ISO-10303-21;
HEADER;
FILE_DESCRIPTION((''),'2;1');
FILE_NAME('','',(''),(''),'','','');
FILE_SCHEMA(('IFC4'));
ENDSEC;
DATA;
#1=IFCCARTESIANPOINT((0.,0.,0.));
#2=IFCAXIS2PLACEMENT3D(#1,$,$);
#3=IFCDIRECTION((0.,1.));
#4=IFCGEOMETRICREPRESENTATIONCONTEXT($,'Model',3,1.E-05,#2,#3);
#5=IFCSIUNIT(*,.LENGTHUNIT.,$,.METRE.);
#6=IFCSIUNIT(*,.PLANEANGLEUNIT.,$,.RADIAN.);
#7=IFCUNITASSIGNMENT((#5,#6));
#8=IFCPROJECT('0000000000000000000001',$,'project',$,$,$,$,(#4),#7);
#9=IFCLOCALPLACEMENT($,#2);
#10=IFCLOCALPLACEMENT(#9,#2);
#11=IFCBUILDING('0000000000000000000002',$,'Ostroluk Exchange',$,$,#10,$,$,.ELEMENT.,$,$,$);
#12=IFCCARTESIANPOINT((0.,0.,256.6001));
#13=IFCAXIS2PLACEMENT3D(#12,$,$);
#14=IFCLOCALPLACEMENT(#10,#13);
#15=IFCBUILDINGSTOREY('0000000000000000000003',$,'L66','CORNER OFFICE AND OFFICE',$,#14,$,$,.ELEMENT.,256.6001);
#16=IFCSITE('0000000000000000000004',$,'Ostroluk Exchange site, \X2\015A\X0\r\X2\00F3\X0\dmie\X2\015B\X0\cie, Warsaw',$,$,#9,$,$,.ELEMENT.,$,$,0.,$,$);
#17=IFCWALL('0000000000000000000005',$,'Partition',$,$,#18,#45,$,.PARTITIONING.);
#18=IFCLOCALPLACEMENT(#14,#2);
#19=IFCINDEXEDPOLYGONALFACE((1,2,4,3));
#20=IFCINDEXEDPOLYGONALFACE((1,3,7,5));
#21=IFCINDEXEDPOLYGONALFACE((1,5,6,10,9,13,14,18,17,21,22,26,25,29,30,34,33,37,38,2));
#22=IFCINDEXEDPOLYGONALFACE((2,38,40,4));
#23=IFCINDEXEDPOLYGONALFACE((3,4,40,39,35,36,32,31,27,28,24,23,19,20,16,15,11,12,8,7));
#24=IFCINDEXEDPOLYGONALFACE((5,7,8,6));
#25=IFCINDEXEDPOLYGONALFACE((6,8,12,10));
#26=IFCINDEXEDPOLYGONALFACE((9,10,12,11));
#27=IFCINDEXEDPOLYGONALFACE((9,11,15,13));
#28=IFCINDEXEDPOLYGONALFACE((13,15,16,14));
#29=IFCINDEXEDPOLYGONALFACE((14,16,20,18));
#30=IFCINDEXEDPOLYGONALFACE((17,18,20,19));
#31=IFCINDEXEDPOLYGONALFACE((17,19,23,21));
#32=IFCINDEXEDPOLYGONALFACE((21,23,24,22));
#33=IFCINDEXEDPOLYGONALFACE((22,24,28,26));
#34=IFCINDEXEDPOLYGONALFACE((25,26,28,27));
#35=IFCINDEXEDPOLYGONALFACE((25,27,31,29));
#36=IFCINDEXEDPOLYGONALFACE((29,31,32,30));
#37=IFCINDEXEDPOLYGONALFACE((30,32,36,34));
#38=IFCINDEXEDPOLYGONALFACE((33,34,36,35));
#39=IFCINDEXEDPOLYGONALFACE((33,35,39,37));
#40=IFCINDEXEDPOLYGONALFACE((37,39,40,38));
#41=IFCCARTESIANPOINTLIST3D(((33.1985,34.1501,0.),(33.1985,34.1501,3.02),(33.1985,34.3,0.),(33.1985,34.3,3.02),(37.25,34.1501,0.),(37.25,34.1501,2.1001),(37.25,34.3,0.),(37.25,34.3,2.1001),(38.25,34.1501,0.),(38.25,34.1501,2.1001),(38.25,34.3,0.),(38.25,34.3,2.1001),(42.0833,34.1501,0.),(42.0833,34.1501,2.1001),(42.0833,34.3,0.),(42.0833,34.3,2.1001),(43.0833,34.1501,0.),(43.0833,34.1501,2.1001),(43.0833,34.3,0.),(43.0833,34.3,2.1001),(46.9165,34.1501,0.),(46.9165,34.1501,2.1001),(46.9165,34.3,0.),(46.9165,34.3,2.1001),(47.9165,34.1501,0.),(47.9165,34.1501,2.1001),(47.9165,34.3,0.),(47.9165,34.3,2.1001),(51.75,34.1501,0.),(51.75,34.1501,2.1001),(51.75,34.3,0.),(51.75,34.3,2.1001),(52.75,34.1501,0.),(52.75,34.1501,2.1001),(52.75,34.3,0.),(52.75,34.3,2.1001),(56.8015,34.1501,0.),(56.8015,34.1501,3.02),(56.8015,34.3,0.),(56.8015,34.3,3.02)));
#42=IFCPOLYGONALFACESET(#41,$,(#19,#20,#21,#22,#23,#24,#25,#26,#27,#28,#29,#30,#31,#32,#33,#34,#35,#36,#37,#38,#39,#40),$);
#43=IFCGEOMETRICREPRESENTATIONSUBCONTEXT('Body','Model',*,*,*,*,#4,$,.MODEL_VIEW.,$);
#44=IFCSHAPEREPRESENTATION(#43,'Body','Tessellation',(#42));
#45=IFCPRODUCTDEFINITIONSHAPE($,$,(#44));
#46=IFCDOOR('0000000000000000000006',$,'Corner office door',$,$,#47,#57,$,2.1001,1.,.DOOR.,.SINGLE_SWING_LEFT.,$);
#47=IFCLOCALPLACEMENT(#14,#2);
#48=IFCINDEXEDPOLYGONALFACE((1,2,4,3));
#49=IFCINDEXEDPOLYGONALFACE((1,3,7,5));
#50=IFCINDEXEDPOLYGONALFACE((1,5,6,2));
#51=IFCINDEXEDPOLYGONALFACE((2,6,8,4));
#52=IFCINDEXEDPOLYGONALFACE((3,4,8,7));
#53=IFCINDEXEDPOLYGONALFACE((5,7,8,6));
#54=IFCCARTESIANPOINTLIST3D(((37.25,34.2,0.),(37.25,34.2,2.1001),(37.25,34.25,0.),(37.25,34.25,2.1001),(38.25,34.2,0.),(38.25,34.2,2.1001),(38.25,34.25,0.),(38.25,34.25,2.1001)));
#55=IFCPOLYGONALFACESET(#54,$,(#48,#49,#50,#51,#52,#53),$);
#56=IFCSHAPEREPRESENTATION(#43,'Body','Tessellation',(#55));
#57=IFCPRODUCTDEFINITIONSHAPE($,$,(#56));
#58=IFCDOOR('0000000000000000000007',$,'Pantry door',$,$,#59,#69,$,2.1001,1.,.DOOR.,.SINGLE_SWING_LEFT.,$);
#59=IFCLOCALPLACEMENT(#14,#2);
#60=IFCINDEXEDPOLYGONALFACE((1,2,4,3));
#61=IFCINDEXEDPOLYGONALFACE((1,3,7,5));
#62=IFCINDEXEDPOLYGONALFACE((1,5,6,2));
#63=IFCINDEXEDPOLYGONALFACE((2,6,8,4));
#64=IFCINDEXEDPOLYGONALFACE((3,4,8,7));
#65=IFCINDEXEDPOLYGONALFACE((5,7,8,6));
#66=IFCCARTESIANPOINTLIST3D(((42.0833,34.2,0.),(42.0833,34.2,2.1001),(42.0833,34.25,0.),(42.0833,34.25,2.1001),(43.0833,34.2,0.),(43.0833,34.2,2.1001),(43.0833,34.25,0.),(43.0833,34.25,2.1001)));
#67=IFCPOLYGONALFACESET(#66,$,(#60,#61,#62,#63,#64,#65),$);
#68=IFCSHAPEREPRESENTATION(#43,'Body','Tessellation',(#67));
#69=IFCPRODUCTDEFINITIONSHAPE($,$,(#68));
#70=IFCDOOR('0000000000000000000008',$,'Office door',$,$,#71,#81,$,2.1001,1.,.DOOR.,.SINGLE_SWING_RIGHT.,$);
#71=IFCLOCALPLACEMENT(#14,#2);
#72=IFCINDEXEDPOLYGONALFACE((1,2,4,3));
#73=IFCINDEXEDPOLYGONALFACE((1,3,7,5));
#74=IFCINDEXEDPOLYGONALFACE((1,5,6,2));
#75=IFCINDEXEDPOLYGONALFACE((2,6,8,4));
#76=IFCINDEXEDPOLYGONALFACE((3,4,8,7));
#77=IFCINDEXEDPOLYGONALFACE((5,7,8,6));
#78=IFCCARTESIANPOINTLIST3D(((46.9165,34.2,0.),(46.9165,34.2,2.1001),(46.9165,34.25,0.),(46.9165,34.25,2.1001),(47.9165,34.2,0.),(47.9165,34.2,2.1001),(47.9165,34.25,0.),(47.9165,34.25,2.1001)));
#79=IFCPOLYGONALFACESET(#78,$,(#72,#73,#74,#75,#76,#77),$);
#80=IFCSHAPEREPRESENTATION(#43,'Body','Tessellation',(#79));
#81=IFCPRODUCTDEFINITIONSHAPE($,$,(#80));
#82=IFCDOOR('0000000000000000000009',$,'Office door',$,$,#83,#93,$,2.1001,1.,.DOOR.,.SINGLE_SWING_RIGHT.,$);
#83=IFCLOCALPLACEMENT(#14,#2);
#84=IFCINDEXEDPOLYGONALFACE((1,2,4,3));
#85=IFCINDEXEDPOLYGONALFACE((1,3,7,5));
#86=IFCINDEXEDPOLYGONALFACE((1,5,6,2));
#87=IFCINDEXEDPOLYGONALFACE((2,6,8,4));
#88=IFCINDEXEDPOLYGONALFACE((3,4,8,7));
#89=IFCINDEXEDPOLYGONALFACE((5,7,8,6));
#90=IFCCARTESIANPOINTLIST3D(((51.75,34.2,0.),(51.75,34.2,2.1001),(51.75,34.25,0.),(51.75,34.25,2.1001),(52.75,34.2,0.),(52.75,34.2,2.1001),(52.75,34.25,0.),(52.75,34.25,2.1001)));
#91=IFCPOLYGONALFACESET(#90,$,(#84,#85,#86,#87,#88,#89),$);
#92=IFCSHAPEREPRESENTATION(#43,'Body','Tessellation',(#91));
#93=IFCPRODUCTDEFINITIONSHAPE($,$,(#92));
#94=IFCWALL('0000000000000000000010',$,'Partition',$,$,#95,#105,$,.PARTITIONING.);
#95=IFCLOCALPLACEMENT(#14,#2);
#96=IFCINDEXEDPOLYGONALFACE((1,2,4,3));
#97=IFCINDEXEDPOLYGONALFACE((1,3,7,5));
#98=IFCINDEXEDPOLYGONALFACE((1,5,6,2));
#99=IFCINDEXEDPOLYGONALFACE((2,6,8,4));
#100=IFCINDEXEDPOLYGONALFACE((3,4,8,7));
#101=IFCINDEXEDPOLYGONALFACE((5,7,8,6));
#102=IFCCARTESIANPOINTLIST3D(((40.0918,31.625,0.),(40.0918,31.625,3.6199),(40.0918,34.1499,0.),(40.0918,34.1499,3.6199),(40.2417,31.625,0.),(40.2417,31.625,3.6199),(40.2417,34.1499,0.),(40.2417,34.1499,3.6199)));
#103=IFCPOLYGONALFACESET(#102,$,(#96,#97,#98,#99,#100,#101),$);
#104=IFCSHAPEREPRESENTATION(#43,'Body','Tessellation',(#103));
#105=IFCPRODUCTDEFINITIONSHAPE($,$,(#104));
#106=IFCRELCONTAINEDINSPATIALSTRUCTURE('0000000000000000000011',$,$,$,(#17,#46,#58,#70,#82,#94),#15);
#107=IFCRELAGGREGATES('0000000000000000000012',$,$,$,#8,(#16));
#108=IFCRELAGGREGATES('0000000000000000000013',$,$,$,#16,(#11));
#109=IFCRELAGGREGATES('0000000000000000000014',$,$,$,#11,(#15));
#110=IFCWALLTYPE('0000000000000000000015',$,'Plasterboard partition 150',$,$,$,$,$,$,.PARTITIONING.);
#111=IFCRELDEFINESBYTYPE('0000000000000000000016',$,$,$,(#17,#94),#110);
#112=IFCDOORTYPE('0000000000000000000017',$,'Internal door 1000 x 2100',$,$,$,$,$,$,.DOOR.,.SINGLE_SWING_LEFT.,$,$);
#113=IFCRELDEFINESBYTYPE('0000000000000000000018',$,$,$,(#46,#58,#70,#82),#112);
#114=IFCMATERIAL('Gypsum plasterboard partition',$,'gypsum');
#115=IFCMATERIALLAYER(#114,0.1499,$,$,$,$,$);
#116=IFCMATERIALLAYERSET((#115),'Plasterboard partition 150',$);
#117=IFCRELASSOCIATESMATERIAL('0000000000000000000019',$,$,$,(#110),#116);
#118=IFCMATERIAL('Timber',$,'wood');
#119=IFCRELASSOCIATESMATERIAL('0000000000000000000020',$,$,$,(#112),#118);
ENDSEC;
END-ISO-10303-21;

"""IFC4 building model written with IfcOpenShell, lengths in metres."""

from ifc_helpers import new_model, si_unit, direction, frame, frame_2d, origin, place, context, subcontext, project, spatial, rectangle, extrude, material, layer, layer_set, type_object, element, fill, save


model = new_model("IFC4")

# Units and contexts
model_context = context("Model", 3, precision=1e-05, world=origin(), true_north=direction((0.0, 1.0)))
body_context = subcontext(model_context, "Body", "Model", "MODEL_VIEW")
ifc_project = project(units=[si_unit("LENGTHUNIT", "METRE"), si_unit("PLANEANGLEUNIT", "RADIAN")], contexts=[model_context])

# Site, building, storey
site_placement = place(None, origin())
site = spatial("IfcSite", under=ifc_project, at=site_placement, Name="Ostroluk Exchange site, Śródmieście, Warsaw", CompositionType="ELEMENT", RefElevation=0.0)
building_placement = place(site_placement, origin())
building = spatial("IfcBuilding", under=site, at=building_placement, Name="Ostroluk Exchange", CompositionType="ELEMENT")
storey_placement = place(building_placement, frame((0.0, 0.0, 256.6001)))
storey = spatial("IfcBuildingStorey", under=building, at=storey_placement, Name="L66", Description="CORNER OFFICE AND OFFICE", CompositionType="ELEMENT", Elevation=256.6001)

# Wall, openings, doors
ifc_material_1 = material(Name="Gypsum plasterboard partition", Category="gypsum")
ifc_layer_1 = layer(ifc_material_1, 0.1499)
ifc_layer_set_1 = layer_set([ifc_layer_1], Name="Plasterboard partition 150")
wall_type_1 = type_object("IfcWallType", Name="Plasterboard partition 150", PredefinedType="PARTITIONING", material=ifc_layer_set_1)
wall_1_placement = place(storey_placement, frame((33.1985, 34.2251, 0.0), z_axis=(0.0, 0.0, 1.0), x_axis=(1.0, 0.0, 0.0)))
wall_1 = element("IfcWall", 1, at=wall_1_placement, inside=storey, type_object=wall_type_1, Name="Partition", PredefinedType="PARTITIONING", context=body_context, shape_type="SweptSolid", body=[
    extrude(rectangle(XDim=23.603, YDim=0.1499, at=frame_2d((11.8015, 0.0))), origin(), (0.0, 0.0, 1.0), 3.02),
])
opening_1_placement = place(wall_1_placement, frame((4.0515, 0.0, 0.0)))
opening_1 = element("IfcOpeningElement", 2, at=opening_1_placement, cuts=wall_1, PredefinedType="OPENING", context=body_context, shape_type="SweptSolid", body=[
    extrude(rectangle(XDim=1.0, YDim=2.1001, at=frame_2d((0.5, 1.05))), frame((0.0, 0.085, 0.0), z_axis=(0.0, -1.0, 0.0), x_axis=(1.0, 0.0, 0.0)), (0.0, 0.0, 1.0), 0.1699),
])
opening_2_placement = place(wall_1_placement, frame((8.8848, 0.0, 0.0)))
opening_2 = element("IfcOpeningElement", 3, at=opening_2_placement, cuts=wall_1, PredefinedType="OPENING", context=body_context, shape_type="SweptSolid", body=[
    extrude(rectangle(XDim=1.0, YDim=2.1001, at=frame_2d((0.5, 1.05))), frame((0.0, 0.085, 0.0), z_axis=(0.0, -1.0, 0.0), x_axis=(1.0, 0.0, 0.0)), (0.0, 0.0, 1.0), 0.1699),
])
opening_3_placement = place(wall_1_placement, frame((13.718, 0.0, 0.0)))
opening_3 = element("IfcOpeningElement", 4, at=opening_3_placement, cuts=wall_1, PredefinedType="OPENING", context=body_context, shape_type="SweptSolid", body=[
    extrude(rectangle(XDim=1.0, YDim=2.1001, at=frame_2d((0.5, 1.05))), frame((0.0, 0.085, 0.0), z_axis=(0.0, -1.0, 0.0), x_axis=(1.0, 0.0, 0.0)), (0.0, 0.0, 1.0), 0.1699),
])
opening_4_placement = place(wall_1_placement, frame((18.5515, 0.0, 0.0)))
opening_4 = element("IfcOpeningElement", 5, at=opening_4_placement, cuts=wall_1, PredefinedType="OPENING", context=body_context, shape_type="SweptSolid", body=[
    extrude(rectangle(XDim=1.0, YDim=2.1001, at=frame_2d((0.5, 1.05))), frame((0.0, 0.085, 0.0), z_axis=(0.0, -1.0, 0.0), x_axis=(1.0, 0.0, 0.0)), (0.0, 0.0, 1.0), 0.1699),
])
ifc_material_2 = material(Name="Timber", Category="wood")
door_type_1 = type_object("IfcDoorType", Name="Internal door 1000 x 2100", OperationType="SINGLE_SWING_LEFT", PredefinedType="DOOR", material=ifc_material_2)
door_1_placement = place(opening_1_placement, origin())
door_1 = element("IfcDoor", 6, at=door_1_placement, inside=storey, type_object=door_type_1, Name="Corner office door", OperationType="SINGLE_SWING_LEFT", OverallHeight=2.1001, OverallWidth=1.0, PredefinedType="DOOR", context=body_context, shape_type="SweptSolid", body=[
    extrude(rectangle(XDim=1.0, YDim=2.1001, at=frame_2d((0.5, 1.05))), frame((0.0, 0.0249, 0.0), z_axis=(0.0, -1.0, 0.0), x_axis=(1.0, 0.0, 0.0)), (0.0, 0.0, 1.0), 0.05),
])
fill(opening_1, door_1)
door_2_placement = place(opening_2_placement, origin())
door_2 = element("IfcDoor", 7, at=door_2_placement, inside=storey, type_object=door_type_1, Name="Pantry door", OperationType="SINGLE_SWING_LEFT", OverallHeight=2.1001, OverallWidth=1.0, PredefinedType="DOOR", context=body_context, shape_type="SweptSolid", body=[
    extrude(rectangle(XDim=1.0, YDim=2.1001, at=frame_2d((0.5, 1.05))), frame((0.0, 0.0249, 0.0), z_axis=(0.0, -1.0, 0.0), x_axis=(1.0, 0.0, 0.0)), (0.0, 0.0, 1.0), 0.05),
])
fill(opening_2, door_2)
door_3_placement = place(opening_3_placement, origin())
door_3 = element("IfcDoor", 8, at=door_3_placement, inside=storey, type_object=door_type_1, Name="Office door", OperationType="SINGLE_SWING_RIGHT", OverallHeight=2.1001, OverallWidth=1.0, PredefinedType="DOOR", context=body_context, shape_type="SweptSolid", body=[
    extrude(rectangle(XDim=1.0, YDim=2.1001, at=frame_2d((0.5, 1.05))), frame((0.0, 0.0249, 0.0), z_axis=(0.0, -1.0, 0.0), x_axis=(1.0, 0.0, 0.0)), (0.0, 0.0, 1.0), 0.05),
])
fill(opening_3, door_3)
door_4_placement = place(opening_4_placement, origin())
door_4 = element("IfcDoor", 9, at=door_4_placement, inside=storey, type_object=door_type_1, Name="Office door", OperationType="SINGLE_SWING_RIGHT", OverallHeight=2.1001, OverallWidth=1.0, PredefinedType="DOOR", context=body_context, shape_type="SweptSolid", body=[
    extrude(rectangle(XDim=1.0, YDim=2.1001, at=frame_2d((0.5, 1.05))), frame((0.0, 0.0249, 0.0), z_axis=(0.0, -1.0, 0.0), x_axis=(1.0, 0.0, 0.0)), (0.0, 0.0, 1.0), 0.05),
])
fill(opening_4, door_4)

# Wall
wall_2_placement = place(storey_placement, frame((40.1667, 34.1499, 0.0), z_axis=(0.0, 0.0, 1.0), x_axis=(0.0, -1.0, 0.0)))
element("IfcWall", 10, at=wall_2_placement, inside=storey, type_object=wall_type_1, Name="Partition", PredefinedType="PARTITIONING", context=body_context, shape_type="SweptSolid", body=[
    extrude(rectangle(XDim=2.5249, YDim=0.1499, at=frame_2d((1.2625, 0.0))), origin(), (0.0, 0.0, 1.0), 3.6199),
])

save(model, "model.ifc")
